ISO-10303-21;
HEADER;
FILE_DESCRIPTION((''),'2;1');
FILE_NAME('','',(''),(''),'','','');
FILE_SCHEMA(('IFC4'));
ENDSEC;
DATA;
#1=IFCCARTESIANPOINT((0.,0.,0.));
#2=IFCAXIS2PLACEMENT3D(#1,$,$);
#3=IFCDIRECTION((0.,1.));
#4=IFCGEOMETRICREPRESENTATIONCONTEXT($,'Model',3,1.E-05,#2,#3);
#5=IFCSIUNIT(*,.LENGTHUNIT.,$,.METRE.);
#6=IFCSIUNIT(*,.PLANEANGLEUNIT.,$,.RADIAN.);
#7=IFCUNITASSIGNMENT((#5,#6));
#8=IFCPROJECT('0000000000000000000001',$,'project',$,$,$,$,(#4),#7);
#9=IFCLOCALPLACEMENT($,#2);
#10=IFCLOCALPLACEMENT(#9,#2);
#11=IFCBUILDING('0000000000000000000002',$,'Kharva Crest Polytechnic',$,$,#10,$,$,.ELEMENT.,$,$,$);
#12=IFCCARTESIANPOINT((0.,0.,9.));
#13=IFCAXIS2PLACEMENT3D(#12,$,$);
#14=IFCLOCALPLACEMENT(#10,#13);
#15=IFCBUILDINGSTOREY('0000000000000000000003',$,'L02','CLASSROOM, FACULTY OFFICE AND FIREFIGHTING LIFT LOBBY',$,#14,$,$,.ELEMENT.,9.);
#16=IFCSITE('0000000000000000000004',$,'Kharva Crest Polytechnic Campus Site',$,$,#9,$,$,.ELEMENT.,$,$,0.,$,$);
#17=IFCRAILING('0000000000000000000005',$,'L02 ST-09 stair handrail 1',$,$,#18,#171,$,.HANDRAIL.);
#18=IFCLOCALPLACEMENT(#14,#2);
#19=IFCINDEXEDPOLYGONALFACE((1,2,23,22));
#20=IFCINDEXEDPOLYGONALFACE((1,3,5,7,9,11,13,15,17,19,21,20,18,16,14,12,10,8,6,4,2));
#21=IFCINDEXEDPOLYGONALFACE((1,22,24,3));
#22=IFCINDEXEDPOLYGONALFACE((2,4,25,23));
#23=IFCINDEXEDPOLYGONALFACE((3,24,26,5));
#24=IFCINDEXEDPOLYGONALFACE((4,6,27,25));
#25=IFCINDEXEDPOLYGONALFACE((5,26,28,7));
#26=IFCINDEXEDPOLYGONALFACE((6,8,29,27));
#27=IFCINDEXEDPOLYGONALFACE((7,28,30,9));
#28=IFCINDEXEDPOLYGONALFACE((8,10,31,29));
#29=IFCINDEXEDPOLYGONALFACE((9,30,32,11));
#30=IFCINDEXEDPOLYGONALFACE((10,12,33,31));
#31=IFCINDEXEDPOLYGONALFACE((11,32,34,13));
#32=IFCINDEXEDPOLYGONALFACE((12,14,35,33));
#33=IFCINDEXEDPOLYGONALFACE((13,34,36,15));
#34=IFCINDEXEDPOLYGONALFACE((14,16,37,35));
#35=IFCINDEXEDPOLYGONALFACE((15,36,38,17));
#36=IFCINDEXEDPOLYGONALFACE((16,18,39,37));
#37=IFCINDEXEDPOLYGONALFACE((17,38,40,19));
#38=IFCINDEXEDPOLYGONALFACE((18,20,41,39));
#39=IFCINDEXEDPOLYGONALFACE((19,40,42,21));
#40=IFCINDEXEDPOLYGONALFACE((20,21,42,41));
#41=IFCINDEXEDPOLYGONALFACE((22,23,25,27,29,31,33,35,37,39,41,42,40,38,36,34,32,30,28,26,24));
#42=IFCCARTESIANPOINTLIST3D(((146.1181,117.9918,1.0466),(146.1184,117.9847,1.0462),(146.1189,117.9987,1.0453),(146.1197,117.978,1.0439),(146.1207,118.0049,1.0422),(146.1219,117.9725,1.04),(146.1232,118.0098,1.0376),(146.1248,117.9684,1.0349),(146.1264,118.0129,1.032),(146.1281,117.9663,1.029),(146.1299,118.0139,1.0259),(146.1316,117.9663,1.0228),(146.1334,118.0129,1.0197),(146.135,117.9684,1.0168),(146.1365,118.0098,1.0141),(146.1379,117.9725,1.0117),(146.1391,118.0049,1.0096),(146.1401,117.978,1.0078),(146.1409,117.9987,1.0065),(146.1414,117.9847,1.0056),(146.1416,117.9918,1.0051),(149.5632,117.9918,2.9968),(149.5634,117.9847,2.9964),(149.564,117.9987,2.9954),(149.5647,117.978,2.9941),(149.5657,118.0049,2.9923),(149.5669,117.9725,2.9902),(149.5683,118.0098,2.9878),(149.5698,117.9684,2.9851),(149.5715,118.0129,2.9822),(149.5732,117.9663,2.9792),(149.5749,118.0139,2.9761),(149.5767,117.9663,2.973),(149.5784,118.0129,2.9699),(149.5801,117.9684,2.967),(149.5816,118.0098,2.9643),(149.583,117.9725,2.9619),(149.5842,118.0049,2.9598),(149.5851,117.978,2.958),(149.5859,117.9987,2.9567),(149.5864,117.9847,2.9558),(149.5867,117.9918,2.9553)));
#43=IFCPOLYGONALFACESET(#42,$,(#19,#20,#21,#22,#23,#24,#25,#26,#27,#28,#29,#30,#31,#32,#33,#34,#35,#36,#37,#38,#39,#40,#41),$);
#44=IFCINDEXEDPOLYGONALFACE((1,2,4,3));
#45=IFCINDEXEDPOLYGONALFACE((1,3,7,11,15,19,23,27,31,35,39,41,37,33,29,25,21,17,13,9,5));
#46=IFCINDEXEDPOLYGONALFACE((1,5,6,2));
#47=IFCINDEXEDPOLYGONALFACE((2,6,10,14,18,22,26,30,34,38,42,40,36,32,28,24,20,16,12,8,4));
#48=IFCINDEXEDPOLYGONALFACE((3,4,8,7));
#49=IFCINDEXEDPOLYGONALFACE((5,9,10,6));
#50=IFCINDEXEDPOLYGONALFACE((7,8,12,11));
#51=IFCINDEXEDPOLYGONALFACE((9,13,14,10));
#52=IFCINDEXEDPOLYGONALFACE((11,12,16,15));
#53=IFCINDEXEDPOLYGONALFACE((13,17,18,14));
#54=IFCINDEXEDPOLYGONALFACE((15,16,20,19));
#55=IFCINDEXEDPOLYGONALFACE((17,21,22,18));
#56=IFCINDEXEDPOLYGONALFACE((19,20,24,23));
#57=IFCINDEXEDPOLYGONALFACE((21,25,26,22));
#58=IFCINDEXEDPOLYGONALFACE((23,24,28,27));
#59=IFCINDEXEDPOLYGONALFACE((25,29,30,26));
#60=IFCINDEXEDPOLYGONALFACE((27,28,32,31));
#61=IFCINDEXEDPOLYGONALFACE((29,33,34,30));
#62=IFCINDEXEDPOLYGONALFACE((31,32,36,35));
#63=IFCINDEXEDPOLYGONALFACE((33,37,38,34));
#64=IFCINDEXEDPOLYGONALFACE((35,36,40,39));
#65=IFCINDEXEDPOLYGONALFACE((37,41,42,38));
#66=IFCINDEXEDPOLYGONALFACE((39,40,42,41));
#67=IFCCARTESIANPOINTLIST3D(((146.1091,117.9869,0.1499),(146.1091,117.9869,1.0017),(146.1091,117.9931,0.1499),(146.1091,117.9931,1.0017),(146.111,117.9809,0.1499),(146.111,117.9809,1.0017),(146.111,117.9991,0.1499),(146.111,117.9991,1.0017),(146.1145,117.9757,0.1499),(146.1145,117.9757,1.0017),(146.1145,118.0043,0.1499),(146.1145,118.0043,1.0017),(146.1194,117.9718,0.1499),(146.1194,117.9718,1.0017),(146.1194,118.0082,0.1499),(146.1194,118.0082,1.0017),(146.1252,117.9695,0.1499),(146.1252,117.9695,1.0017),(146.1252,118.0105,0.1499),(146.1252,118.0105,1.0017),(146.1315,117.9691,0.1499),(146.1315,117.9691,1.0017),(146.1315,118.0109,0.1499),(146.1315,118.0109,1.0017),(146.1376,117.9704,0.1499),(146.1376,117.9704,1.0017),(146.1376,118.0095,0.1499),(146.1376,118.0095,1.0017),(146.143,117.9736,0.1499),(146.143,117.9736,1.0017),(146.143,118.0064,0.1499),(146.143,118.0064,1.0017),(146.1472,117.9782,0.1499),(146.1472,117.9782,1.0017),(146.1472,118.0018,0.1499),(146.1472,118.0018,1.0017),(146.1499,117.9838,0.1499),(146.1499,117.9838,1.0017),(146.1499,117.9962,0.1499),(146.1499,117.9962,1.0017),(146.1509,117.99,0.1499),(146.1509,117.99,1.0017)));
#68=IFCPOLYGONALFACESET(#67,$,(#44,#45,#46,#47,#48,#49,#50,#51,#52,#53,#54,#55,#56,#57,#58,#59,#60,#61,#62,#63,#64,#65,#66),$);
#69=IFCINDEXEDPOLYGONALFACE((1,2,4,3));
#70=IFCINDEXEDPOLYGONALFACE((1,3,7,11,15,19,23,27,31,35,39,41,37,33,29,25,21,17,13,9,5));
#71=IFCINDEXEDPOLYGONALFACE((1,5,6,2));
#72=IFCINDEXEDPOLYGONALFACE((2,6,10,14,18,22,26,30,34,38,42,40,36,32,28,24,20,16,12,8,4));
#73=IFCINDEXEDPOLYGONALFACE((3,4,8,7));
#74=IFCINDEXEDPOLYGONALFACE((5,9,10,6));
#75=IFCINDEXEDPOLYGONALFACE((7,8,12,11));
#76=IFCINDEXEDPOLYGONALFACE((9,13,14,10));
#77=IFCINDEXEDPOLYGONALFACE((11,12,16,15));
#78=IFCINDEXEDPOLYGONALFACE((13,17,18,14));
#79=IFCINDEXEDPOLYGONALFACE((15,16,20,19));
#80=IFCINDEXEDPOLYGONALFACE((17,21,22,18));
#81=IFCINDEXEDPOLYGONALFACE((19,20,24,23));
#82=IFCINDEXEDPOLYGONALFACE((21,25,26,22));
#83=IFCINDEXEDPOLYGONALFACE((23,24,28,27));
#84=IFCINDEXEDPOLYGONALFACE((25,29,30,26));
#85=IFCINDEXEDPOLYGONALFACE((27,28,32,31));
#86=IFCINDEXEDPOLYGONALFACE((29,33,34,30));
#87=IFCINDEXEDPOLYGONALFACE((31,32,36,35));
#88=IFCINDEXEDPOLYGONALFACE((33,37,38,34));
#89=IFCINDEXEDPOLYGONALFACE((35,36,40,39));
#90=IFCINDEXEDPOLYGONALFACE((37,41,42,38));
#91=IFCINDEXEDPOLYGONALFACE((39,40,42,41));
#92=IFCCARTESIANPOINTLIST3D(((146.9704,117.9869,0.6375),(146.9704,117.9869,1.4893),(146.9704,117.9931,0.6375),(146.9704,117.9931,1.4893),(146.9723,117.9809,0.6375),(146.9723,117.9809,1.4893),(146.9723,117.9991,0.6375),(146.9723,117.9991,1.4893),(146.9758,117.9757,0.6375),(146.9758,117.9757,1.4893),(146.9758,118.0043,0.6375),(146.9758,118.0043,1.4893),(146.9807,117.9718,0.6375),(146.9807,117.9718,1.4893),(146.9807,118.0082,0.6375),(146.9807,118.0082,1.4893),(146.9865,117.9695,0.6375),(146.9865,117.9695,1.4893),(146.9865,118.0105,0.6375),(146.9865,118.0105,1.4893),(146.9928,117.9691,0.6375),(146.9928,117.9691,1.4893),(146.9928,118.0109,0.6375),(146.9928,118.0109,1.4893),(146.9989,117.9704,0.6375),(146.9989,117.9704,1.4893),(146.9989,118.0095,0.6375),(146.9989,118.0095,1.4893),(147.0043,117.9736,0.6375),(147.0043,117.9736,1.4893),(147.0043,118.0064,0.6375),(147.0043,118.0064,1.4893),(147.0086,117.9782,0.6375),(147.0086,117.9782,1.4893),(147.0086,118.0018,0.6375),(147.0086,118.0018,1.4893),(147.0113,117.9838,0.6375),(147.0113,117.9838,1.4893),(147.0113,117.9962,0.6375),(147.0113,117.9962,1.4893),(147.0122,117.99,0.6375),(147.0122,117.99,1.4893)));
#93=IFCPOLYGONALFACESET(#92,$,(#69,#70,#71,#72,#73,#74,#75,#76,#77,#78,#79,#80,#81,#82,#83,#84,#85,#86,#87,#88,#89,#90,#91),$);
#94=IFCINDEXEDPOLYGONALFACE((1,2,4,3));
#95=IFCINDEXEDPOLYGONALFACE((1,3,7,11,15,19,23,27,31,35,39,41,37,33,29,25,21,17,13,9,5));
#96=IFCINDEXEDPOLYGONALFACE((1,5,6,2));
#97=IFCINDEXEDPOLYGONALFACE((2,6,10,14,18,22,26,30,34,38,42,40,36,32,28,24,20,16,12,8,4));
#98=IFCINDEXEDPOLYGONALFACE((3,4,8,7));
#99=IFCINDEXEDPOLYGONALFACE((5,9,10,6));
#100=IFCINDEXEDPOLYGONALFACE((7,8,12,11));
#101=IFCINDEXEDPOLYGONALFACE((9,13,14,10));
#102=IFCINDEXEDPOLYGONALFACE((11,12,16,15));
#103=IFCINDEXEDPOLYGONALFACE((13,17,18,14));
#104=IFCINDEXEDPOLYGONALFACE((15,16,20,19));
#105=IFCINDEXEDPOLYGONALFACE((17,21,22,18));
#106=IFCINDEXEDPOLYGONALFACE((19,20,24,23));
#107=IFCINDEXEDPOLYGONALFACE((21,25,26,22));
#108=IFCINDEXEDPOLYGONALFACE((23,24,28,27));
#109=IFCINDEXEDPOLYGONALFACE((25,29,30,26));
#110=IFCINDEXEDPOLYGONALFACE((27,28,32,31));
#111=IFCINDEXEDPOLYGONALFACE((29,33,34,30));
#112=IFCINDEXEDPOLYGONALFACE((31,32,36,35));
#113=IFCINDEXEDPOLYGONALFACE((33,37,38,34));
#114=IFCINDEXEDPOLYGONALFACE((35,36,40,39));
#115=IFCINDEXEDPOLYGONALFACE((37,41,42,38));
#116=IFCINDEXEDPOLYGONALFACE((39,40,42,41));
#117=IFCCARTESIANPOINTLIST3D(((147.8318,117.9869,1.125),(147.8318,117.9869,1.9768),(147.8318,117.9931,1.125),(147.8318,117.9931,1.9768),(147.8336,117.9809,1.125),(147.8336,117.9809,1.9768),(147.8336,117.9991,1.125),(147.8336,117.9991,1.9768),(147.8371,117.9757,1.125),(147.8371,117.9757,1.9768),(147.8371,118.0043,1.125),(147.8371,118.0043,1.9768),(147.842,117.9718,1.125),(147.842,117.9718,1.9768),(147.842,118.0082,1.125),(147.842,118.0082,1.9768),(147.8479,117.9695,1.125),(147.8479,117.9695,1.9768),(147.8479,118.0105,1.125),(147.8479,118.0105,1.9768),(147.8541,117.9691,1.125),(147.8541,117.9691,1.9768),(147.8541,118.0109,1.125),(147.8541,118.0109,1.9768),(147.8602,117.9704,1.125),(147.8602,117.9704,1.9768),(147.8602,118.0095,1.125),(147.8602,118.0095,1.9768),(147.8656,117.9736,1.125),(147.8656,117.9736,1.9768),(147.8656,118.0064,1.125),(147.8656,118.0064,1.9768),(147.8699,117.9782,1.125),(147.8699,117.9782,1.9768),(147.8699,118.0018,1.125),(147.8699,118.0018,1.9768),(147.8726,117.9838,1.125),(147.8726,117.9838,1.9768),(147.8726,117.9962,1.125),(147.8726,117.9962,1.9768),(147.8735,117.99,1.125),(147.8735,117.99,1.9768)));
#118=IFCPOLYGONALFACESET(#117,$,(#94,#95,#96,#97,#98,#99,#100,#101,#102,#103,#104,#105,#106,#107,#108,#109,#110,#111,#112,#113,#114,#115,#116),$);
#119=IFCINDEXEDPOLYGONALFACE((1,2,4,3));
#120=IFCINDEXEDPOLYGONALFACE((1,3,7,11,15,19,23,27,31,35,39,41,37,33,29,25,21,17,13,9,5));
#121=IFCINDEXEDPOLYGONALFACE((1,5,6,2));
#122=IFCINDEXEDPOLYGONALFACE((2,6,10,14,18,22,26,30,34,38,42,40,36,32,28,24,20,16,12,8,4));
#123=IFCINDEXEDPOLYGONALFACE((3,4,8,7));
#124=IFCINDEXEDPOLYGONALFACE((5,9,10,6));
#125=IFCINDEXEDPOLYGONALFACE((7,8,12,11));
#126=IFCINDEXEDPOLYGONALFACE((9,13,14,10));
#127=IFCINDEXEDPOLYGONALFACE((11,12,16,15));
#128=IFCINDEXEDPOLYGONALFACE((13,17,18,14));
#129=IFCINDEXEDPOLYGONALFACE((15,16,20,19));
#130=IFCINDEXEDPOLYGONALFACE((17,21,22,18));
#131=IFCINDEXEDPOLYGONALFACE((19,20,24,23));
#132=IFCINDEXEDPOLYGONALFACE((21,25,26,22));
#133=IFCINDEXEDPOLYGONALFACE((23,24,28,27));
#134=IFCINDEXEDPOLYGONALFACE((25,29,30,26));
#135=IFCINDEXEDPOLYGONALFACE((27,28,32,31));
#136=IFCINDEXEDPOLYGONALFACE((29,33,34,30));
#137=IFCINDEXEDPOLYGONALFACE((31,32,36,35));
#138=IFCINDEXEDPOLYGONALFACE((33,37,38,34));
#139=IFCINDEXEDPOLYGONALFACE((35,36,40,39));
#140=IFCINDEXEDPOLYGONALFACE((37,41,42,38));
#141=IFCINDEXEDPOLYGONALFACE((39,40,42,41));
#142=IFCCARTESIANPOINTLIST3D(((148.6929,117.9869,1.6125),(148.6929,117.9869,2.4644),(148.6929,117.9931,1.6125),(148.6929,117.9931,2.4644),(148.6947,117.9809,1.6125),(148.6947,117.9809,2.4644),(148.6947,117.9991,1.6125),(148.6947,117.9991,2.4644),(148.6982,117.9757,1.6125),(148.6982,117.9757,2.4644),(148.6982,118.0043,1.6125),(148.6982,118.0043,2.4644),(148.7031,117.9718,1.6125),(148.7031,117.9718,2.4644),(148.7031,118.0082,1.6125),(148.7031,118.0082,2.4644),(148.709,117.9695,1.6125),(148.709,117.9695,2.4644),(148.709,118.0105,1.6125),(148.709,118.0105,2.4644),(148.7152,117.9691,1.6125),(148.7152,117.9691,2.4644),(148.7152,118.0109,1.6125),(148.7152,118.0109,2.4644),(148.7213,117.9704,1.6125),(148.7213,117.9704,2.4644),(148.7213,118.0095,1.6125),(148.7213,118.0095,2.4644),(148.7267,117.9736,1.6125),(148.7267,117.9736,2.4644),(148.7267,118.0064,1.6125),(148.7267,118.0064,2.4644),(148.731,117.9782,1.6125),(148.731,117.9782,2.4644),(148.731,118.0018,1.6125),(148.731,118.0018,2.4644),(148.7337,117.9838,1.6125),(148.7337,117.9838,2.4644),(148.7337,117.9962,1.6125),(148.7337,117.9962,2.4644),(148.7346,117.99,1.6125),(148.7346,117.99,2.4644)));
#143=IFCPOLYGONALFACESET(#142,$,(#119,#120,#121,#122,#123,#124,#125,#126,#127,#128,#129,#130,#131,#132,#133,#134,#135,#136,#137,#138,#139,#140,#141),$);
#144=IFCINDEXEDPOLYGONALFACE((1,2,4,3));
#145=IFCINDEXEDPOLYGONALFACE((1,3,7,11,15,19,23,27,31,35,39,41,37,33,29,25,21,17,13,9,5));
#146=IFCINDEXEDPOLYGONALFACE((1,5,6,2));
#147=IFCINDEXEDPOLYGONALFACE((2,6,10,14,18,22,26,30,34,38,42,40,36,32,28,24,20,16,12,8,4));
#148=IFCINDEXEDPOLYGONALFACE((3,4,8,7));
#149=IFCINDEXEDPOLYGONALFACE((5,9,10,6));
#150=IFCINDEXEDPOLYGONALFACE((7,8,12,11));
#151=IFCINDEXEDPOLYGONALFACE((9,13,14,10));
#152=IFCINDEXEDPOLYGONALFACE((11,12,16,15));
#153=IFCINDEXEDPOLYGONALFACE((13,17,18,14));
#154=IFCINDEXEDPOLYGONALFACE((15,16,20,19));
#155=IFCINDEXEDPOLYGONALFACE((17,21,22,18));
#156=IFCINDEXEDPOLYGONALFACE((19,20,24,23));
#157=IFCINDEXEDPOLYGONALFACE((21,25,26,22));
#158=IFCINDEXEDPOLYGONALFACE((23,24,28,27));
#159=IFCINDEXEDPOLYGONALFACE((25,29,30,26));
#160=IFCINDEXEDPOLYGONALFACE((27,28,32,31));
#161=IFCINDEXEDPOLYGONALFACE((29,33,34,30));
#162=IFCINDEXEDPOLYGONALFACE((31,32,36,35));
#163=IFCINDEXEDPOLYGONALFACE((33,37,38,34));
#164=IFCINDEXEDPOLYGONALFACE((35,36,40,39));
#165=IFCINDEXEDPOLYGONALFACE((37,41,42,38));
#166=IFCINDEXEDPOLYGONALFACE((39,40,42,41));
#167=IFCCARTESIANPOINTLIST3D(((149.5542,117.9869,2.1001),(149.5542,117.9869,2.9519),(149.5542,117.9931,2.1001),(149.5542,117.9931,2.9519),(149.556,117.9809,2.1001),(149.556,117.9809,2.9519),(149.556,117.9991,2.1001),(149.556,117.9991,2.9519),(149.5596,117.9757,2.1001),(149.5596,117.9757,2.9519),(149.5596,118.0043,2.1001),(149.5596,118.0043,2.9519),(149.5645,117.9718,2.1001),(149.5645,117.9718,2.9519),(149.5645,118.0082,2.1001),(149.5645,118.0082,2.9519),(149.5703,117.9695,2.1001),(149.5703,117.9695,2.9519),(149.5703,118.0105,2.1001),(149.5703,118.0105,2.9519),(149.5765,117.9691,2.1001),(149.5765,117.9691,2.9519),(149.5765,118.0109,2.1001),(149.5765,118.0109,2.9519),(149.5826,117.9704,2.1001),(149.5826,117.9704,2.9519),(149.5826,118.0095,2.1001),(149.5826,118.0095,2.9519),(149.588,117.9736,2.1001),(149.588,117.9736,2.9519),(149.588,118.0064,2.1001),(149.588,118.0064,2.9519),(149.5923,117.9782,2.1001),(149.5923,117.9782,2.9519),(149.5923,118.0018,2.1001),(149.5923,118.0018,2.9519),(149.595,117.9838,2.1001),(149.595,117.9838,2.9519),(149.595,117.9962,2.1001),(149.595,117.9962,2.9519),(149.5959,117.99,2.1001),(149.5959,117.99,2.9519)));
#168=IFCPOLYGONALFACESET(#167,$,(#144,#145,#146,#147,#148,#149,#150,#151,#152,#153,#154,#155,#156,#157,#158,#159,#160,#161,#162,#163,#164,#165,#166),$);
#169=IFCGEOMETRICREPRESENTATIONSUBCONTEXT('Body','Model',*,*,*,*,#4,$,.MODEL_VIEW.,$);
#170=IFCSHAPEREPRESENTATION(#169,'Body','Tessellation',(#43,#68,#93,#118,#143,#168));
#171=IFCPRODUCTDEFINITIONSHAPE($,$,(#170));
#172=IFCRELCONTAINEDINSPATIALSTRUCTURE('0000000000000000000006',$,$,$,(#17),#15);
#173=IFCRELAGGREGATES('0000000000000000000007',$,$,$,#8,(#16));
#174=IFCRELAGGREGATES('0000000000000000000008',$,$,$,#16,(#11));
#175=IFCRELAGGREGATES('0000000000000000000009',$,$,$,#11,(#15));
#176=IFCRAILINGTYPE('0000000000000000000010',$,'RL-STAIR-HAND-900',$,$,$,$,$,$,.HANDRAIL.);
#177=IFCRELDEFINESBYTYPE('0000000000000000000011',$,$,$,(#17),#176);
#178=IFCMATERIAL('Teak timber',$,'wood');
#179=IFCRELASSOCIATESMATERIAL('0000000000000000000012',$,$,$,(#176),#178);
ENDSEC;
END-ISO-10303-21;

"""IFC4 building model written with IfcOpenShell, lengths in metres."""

from ifc_helpers import new_model, si_unit, direction, frame, origin, origin_2d, place, context, subcontext, project, spatial, circle, extrude, material, type_object, element, save


model = new_model("IFC4")

# Units and contexts
model_context = context("Model", 3, precision=1e-05, world=origin(), true_north=direction((0.0, 1.0)))
body_context = subcontext(model_context, "Body", "Model", "MODEL_VIEW")
ifc_project = project(units=[si_unit("LENGTHUNIT", "METRE"), si_unit("PLANEANGLEUNIT", "RADIAN")], contexts=[model_context])

# Site, building, storey
site_placement = place(None, origin())
site = spatial("IfcSite", under=ifc_project, at=site_placement, Name="Kharva Crest Polytechnic Campus Site", CompositionType="ELEMENT", RefElevation=0.0)
building_placement = place(site_placement, origin())
building = spatial("IfcBuilding", under=site, at=building_placement, Name="Kharva Crest Polytechnic", CompositionType="ELEMENT")
storey_placement = place(building_placement, frame((0.0, 0.0, 9.0)))
storey = spatial("IfcBuildingStorey", under=building, at=storey_placement, Name="L02", Description="CLASSROOM, FACULTY OFFICE AND FIREFIGHTING LIFT LOBBY", CompositionType="ELEMENT", Elevation=9.0)

# Shared definitions
ifc_material_1 = material(Name="Teak timber", Category="wood")

# Railing
railing_type_1 = type_object("IfcRailingType", Name="RL-STAIR-HAND-900", PredefinedType="HANDRAIL", material=ifc_material_1)
railing_1_placement = place(storey_placement, frame((146.1299, 117.99, 0.1499)))
element("IfcRailing", 1, at=railing_1_placement, inside=storey, type_object=railing_type_1, Name="L02 ST-09 stair handrail 1", PredefinedType="HANDRAIL", context=body_context, shape_type="SweptSolid", body=[
    extrude(circle(Radius=0.0239, at=origin_2d()), frame((0.0, 0.0, 0.876), z_axis=(0.87024, 0.0, 0.492628), x_axis=(0.0, 1.0, 0.0)), (0.0, 0.0, 1.0), 3.9587),
    extrude(circle(Radius=0.021, at=origin_2d()), origin(), (0.0, 0.0, 1.0), 0.8518),
    extrude(circle(Radius=0.021, at=origin_2d()), frame((0.8613, 0.0, 0.4875)), (0.0, 0.0, 1.0), 0.8518),
    extrude(circle(Radius=0.021, at=origin_2d()), frame((1.7227, 0.0, 0.9751)), (0.0, 0.0, 1.0), 0.8518),
    extrude(circle(Radius=0.021, at=origin_2d()), frame((2.5837, 0.0, 1.4626)), (0.0, 0.0, 1.0), 0.8518),
    extrude(circle(Radius=0.021, at=origin_2d()), frame((3.4451, 0.0, 1.9502)), (0.0, 0.0, 1.0), 0.8518),
])

save(model, "model.ifc")
